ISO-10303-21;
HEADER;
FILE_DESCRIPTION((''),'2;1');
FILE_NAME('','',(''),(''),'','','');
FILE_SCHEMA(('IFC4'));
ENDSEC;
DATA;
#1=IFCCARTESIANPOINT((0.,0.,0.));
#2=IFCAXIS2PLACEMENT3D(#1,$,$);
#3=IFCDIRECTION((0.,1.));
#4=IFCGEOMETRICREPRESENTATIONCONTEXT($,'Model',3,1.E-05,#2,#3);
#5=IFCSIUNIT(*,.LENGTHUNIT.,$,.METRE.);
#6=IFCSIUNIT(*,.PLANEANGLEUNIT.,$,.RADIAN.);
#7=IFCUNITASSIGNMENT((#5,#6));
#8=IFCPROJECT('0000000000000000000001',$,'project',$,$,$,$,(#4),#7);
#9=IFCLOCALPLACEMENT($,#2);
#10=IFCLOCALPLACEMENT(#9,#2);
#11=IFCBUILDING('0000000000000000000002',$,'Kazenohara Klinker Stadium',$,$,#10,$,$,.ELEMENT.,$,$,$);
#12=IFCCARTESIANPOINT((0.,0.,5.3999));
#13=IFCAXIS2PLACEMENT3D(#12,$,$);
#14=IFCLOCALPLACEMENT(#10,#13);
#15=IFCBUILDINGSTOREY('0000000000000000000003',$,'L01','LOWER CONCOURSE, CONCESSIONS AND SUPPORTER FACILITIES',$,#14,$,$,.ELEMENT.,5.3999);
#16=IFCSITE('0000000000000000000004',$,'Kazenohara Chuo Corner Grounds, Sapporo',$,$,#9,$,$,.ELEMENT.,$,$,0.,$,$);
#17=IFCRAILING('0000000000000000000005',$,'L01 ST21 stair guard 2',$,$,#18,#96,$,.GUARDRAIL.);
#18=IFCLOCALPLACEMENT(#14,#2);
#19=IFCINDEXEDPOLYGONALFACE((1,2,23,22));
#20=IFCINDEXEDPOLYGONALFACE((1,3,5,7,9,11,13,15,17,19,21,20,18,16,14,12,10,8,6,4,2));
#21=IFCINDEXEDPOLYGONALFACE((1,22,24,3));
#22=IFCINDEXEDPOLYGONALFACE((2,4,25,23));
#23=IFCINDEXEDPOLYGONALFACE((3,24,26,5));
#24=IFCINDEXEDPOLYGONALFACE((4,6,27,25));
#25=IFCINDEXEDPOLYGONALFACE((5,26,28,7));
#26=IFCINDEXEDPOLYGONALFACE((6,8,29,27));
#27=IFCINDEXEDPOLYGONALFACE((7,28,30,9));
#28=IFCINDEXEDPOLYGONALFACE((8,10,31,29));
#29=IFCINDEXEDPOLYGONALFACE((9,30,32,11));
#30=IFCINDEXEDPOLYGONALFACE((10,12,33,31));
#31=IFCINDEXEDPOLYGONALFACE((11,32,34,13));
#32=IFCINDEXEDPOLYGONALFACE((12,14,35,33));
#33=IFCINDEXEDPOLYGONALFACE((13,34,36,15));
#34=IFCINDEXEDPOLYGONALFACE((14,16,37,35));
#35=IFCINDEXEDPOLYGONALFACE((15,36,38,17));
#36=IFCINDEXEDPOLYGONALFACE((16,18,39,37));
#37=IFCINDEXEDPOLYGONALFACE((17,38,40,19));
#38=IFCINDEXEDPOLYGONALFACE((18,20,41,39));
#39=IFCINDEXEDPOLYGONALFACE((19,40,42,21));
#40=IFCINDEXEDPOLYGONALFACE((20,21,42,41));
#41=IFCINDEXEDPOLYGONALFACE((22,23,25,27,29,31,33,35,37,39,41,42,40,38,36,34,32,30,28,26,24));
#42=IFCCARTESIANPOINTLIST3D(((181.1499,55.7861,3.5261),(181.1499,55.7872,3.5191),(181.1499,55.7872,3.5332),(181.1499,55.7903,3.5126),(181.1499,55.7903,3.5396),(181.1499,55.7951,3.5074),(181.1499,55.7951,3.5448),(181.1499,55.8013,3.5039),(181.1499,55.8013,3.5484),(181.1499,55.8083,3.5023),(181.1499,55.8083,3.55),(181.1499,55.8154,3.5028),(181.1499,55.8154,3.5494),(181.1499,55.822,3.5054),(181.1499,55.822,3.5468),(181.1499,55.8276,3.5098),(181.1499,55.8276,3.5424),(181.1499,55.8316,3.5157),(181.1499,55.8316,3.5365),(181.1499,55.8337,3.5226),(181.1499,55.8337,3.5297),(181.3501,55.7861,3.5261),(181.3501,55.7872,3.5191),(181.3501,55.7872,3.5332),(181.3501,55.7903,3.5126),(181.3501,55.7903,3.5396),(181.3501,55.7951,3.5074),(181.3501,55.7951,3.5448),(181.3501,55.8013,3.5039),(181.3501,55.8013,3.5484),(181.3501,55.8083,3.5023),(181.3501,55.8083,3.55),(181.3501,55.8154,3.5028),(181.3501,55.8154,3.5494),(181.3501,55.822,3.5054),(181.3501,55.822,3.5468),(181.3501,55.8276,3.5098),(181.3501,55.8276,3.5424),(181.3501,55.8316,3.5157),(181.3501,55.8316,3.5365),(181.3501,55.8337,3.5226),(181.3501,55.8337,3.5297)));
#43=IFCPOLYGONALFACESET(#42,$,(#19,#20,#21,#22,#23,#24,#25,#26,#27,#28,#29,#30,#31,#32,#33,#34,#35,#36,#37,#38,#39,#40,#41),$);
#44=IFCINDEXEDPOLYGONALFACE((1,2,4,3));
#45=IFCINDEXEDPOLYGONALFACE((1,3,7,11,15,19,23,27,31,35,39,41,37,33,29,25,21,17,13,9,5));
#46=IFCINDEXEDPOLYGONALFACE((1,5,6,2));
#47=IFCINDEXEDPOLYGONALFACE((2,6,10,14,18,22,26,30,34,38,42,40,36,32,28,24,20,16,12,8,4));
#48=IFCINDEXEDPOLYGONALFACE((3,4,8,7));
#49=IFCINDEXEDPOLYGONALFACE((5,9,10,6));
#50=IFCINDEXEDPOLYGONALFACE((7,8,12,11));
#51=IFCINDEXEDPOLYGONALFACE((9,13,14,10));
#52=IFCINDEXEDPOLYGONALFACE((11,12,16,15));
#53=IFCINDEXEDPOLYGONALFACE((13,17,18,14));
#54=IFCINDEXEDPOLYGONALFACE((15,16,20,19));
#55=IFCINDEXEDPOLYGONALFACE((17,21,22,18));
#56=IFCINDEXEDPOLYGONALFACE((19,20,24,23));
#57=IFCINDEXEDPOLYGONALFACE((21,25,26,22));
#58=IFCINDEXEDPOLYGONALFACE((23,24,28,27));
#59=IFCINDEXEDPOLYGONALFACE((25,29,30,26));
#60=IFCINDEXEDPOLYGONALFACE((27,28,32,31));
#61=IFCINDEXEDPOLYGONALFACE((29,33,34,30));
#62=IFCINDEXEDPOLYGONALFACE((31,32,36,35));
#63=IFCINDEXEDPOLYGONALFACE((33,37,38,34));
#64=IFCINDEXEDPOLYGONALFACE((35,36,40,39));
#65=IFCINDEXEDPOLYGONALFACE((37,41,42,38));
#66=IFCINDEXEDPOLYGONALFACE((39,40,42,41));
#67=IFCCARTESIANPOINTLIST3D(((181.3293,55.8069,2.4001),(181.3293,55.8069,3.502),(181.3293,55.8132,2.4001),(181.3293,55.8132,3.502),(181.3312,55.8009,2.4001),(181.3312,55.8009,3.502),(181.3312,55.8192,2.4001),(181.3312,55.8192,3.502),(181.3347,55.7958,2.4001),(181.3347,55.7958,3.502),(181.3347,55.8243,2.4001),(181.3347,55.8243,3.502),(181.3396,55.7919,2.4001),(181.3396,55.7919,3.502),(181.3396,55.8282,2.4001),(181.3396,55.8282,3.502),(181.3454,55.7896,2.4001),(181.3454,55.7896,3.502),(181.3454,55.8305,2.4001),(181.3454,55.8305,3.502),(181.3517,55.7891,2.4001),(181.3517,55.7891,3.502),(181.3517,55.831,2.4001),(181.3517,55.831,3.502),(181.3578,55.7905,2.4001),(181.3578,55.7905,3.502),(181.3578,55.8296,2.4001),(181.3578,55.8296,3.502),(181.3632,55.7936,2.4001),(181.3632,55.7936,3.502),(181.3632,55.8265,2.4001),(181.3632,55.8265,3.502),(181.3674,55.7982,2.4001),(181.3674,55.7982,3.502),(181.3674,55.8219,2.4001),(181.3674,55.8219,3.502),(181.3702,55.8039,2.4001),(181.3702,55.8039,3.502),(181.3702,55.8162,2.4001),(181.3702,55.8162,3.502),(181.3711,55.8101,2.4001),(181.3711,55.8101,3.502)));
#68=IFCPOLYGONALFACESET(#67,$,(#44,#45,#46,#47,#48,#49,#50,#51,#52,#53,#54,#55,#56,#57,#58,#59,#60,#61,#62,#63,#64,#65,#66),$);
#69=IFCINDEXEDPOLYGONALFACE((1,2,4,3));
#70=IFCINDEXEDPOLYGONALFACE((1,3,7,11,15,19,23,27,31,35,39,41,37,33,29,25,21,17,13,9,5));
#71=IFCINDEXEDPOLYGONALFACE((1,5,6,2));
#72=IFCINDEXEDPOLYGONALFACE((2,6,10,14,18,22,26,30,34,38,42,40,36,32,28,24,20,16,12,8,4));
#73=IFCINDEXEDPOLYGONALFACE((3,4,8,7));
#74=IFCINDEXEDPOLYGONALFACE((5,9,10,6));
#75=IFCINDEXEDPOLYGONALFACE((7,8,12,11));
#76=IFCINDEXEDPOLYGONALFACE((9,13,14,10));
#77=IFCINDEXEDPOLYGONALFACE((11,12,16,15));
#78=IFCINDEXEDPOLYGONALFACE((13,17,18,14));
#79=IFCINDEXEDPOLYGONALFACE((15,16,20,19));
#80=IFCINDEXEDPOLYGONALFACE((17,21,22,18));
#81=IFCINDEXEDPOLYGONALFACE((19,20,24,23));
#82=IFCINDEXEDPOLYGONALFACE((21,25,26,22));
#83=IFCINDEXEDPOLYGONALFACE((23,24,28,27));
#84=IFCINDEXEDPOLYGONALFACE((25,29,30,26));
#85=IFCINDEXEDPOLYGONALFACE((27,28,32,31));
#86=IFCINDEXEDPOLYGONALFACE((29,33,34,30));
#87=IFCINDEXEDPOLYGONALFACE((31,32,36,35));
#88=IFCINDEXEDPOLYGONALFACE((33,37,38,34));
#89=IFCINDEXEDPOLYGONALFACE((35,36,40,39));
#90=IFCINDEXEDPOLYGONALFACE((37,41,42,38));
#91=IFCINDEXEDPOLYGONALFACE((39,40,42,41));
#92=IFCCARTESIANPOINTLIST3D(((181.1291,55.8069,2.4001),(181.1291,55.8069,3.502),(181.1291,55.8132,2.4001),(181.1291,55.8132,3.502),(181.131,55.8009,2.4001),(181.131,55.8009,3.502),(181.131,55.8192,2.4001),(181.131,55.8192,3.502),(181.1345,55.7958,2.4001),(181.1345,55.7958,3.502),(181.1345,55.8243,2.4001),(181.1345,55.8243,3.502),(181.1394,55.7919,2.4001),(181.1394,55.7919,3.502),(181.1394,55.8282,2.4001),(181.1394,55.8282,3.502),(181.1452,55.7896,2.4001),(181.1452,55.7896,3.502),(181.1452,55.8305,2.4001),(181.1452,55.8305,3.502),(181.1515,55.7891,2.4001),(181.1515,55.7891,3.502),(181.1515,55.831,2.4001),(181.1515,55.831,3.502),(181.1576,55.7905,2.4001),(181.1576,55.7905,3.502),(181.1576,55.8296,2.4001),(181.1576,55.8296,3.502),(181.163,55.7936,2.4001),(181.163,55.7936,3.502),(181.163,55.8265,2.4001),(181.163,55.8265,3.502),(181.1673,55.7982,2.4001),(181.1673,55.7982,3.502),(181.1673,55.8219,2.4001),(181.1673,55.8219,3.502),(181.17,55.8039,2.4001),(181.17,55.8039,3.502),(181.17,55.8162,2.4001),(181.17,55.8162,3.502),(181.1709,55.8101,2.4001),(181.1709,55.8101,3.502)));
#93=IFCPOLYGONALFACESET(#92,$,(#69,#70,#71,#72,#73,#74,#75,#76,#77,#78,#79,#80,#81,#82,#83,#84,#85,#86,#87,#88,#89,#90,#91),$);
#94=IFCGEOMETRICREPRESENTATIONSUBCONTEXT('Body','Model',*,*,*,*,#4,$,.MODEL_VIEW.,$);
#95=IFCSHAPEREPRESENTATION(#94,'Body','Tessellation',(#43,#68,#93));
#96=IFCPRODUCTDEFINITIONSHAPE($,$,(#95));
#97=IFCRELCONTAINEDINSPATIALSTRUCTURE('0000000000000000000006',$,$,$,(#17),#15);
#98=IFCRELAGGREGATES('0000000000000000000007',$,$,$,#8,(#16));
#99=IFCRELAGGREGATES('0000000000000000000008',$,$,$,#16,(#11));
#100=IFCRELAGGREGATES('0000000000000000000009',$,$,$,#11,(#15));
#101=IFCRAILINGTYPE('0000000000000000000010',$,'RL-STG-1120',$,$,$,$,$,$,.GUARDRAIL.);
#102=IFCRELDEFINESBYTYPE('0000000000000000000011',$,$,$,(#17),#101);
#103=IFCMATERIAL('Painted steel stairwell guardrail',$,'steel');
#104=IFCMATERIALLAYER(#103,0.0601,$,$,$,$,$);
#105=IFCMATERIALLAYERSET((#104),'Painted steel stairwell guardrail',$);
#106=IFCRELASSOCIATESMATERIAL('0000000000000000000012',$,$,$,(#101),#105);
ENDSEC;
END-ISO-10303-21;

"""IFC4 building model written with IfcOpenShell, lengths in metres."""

from ifc_helpers import new_model, si_unit, direction, frame, origin, origin_2d, place, context, subcontext, project, spatial, circle, extrude, material, layer, layer_set, type_object, element, save


model = new_model("IFC4")

# Units and contexts
model_context = context("Model", 3, precision=1e-05, world=origin(), true_north=direction((0.0, 1.0)))
body_context = subcontext(model_context, "Body", "Model", "MODEL_VIEW")
ifc_project = project(units=[si_unit("LENGTHUNIT", "METRE"), si_unit("PLANEANGLEUNIT", "RADIAN")], contexts=[model_context])

# Site, building, storey
site_placement = place(None, origin())
site = spatial("IfcSite", under=ifc_project, at=site_placement, Name="Kazenohara Chuo Corner Grounds, Sapporo", CompositionType="ELEMENT", RefElevation=0.0)
building_placement = place(site_placement, origin())
building = spatial("IfcBuilding", under=site, at=building_placement, Name="Kazenohara Klinker Stadium", CompositionType="ELEMENT")
storey_placement = place(building_placement, frame((0.0, 0.0, 5.3999)))
storey = spatial("IfcBuildingStorey", under=building, at=storey_placement, Name="L01", Description="LOWER CONCOURSE, CONCESSIONS AND SUPPORTER FACILITIES", CompositionType="ELEMENT", Elevation=5.3999)

# Railing
ifc_material_1 = material(Name="Painted steel stairwell guardrail", Category="steel")
ifc_layer_1 = layer(ifc_material_1, 0.0601)
ifc_layer_set_1 = layer_set([ifc_layer_1], Name="Painted steel stairwell guardrail")
railing_type_1 = type_object("IfcRailingType", Name="RL-STG-1120", PredefinedType="GUARDRAIL", material=ifc_layer_set_1)
railing_1_placement = place(storey_placement, frame((181.3501, 55.8101, 2.4001)))
element("IfcRailing", 1, at=railing_1_placement, inside=storey, type_object=railing_type_1, Name="L01 ST21 stair guard 2", PredefinedType="GUARDRAIL", context=body_context, shape_type="SweptSolid", body=[
    extrude(circle(Radius=0.0239, at=origin_2d()), frame((0.0, 0.0, 1.126), z_axis=(-1.0, 0.0, 0.0), x_axis=(0.0, -1.0, 0.0)), (0.0, 0.0, 1.0), 0.2002),
    extrude(circle(Radius=0.021, at=origin_2d()), origin(), (0.0, 0.0, 1.0), 1.1018),
    extrude(circle(Radius=0.021, at=origin_2d()), frame((-0.2002, 0.0, 0.0)), (0.0, 0.0, 1.0), 1.1018),
])

save(model, "model.ifc")
